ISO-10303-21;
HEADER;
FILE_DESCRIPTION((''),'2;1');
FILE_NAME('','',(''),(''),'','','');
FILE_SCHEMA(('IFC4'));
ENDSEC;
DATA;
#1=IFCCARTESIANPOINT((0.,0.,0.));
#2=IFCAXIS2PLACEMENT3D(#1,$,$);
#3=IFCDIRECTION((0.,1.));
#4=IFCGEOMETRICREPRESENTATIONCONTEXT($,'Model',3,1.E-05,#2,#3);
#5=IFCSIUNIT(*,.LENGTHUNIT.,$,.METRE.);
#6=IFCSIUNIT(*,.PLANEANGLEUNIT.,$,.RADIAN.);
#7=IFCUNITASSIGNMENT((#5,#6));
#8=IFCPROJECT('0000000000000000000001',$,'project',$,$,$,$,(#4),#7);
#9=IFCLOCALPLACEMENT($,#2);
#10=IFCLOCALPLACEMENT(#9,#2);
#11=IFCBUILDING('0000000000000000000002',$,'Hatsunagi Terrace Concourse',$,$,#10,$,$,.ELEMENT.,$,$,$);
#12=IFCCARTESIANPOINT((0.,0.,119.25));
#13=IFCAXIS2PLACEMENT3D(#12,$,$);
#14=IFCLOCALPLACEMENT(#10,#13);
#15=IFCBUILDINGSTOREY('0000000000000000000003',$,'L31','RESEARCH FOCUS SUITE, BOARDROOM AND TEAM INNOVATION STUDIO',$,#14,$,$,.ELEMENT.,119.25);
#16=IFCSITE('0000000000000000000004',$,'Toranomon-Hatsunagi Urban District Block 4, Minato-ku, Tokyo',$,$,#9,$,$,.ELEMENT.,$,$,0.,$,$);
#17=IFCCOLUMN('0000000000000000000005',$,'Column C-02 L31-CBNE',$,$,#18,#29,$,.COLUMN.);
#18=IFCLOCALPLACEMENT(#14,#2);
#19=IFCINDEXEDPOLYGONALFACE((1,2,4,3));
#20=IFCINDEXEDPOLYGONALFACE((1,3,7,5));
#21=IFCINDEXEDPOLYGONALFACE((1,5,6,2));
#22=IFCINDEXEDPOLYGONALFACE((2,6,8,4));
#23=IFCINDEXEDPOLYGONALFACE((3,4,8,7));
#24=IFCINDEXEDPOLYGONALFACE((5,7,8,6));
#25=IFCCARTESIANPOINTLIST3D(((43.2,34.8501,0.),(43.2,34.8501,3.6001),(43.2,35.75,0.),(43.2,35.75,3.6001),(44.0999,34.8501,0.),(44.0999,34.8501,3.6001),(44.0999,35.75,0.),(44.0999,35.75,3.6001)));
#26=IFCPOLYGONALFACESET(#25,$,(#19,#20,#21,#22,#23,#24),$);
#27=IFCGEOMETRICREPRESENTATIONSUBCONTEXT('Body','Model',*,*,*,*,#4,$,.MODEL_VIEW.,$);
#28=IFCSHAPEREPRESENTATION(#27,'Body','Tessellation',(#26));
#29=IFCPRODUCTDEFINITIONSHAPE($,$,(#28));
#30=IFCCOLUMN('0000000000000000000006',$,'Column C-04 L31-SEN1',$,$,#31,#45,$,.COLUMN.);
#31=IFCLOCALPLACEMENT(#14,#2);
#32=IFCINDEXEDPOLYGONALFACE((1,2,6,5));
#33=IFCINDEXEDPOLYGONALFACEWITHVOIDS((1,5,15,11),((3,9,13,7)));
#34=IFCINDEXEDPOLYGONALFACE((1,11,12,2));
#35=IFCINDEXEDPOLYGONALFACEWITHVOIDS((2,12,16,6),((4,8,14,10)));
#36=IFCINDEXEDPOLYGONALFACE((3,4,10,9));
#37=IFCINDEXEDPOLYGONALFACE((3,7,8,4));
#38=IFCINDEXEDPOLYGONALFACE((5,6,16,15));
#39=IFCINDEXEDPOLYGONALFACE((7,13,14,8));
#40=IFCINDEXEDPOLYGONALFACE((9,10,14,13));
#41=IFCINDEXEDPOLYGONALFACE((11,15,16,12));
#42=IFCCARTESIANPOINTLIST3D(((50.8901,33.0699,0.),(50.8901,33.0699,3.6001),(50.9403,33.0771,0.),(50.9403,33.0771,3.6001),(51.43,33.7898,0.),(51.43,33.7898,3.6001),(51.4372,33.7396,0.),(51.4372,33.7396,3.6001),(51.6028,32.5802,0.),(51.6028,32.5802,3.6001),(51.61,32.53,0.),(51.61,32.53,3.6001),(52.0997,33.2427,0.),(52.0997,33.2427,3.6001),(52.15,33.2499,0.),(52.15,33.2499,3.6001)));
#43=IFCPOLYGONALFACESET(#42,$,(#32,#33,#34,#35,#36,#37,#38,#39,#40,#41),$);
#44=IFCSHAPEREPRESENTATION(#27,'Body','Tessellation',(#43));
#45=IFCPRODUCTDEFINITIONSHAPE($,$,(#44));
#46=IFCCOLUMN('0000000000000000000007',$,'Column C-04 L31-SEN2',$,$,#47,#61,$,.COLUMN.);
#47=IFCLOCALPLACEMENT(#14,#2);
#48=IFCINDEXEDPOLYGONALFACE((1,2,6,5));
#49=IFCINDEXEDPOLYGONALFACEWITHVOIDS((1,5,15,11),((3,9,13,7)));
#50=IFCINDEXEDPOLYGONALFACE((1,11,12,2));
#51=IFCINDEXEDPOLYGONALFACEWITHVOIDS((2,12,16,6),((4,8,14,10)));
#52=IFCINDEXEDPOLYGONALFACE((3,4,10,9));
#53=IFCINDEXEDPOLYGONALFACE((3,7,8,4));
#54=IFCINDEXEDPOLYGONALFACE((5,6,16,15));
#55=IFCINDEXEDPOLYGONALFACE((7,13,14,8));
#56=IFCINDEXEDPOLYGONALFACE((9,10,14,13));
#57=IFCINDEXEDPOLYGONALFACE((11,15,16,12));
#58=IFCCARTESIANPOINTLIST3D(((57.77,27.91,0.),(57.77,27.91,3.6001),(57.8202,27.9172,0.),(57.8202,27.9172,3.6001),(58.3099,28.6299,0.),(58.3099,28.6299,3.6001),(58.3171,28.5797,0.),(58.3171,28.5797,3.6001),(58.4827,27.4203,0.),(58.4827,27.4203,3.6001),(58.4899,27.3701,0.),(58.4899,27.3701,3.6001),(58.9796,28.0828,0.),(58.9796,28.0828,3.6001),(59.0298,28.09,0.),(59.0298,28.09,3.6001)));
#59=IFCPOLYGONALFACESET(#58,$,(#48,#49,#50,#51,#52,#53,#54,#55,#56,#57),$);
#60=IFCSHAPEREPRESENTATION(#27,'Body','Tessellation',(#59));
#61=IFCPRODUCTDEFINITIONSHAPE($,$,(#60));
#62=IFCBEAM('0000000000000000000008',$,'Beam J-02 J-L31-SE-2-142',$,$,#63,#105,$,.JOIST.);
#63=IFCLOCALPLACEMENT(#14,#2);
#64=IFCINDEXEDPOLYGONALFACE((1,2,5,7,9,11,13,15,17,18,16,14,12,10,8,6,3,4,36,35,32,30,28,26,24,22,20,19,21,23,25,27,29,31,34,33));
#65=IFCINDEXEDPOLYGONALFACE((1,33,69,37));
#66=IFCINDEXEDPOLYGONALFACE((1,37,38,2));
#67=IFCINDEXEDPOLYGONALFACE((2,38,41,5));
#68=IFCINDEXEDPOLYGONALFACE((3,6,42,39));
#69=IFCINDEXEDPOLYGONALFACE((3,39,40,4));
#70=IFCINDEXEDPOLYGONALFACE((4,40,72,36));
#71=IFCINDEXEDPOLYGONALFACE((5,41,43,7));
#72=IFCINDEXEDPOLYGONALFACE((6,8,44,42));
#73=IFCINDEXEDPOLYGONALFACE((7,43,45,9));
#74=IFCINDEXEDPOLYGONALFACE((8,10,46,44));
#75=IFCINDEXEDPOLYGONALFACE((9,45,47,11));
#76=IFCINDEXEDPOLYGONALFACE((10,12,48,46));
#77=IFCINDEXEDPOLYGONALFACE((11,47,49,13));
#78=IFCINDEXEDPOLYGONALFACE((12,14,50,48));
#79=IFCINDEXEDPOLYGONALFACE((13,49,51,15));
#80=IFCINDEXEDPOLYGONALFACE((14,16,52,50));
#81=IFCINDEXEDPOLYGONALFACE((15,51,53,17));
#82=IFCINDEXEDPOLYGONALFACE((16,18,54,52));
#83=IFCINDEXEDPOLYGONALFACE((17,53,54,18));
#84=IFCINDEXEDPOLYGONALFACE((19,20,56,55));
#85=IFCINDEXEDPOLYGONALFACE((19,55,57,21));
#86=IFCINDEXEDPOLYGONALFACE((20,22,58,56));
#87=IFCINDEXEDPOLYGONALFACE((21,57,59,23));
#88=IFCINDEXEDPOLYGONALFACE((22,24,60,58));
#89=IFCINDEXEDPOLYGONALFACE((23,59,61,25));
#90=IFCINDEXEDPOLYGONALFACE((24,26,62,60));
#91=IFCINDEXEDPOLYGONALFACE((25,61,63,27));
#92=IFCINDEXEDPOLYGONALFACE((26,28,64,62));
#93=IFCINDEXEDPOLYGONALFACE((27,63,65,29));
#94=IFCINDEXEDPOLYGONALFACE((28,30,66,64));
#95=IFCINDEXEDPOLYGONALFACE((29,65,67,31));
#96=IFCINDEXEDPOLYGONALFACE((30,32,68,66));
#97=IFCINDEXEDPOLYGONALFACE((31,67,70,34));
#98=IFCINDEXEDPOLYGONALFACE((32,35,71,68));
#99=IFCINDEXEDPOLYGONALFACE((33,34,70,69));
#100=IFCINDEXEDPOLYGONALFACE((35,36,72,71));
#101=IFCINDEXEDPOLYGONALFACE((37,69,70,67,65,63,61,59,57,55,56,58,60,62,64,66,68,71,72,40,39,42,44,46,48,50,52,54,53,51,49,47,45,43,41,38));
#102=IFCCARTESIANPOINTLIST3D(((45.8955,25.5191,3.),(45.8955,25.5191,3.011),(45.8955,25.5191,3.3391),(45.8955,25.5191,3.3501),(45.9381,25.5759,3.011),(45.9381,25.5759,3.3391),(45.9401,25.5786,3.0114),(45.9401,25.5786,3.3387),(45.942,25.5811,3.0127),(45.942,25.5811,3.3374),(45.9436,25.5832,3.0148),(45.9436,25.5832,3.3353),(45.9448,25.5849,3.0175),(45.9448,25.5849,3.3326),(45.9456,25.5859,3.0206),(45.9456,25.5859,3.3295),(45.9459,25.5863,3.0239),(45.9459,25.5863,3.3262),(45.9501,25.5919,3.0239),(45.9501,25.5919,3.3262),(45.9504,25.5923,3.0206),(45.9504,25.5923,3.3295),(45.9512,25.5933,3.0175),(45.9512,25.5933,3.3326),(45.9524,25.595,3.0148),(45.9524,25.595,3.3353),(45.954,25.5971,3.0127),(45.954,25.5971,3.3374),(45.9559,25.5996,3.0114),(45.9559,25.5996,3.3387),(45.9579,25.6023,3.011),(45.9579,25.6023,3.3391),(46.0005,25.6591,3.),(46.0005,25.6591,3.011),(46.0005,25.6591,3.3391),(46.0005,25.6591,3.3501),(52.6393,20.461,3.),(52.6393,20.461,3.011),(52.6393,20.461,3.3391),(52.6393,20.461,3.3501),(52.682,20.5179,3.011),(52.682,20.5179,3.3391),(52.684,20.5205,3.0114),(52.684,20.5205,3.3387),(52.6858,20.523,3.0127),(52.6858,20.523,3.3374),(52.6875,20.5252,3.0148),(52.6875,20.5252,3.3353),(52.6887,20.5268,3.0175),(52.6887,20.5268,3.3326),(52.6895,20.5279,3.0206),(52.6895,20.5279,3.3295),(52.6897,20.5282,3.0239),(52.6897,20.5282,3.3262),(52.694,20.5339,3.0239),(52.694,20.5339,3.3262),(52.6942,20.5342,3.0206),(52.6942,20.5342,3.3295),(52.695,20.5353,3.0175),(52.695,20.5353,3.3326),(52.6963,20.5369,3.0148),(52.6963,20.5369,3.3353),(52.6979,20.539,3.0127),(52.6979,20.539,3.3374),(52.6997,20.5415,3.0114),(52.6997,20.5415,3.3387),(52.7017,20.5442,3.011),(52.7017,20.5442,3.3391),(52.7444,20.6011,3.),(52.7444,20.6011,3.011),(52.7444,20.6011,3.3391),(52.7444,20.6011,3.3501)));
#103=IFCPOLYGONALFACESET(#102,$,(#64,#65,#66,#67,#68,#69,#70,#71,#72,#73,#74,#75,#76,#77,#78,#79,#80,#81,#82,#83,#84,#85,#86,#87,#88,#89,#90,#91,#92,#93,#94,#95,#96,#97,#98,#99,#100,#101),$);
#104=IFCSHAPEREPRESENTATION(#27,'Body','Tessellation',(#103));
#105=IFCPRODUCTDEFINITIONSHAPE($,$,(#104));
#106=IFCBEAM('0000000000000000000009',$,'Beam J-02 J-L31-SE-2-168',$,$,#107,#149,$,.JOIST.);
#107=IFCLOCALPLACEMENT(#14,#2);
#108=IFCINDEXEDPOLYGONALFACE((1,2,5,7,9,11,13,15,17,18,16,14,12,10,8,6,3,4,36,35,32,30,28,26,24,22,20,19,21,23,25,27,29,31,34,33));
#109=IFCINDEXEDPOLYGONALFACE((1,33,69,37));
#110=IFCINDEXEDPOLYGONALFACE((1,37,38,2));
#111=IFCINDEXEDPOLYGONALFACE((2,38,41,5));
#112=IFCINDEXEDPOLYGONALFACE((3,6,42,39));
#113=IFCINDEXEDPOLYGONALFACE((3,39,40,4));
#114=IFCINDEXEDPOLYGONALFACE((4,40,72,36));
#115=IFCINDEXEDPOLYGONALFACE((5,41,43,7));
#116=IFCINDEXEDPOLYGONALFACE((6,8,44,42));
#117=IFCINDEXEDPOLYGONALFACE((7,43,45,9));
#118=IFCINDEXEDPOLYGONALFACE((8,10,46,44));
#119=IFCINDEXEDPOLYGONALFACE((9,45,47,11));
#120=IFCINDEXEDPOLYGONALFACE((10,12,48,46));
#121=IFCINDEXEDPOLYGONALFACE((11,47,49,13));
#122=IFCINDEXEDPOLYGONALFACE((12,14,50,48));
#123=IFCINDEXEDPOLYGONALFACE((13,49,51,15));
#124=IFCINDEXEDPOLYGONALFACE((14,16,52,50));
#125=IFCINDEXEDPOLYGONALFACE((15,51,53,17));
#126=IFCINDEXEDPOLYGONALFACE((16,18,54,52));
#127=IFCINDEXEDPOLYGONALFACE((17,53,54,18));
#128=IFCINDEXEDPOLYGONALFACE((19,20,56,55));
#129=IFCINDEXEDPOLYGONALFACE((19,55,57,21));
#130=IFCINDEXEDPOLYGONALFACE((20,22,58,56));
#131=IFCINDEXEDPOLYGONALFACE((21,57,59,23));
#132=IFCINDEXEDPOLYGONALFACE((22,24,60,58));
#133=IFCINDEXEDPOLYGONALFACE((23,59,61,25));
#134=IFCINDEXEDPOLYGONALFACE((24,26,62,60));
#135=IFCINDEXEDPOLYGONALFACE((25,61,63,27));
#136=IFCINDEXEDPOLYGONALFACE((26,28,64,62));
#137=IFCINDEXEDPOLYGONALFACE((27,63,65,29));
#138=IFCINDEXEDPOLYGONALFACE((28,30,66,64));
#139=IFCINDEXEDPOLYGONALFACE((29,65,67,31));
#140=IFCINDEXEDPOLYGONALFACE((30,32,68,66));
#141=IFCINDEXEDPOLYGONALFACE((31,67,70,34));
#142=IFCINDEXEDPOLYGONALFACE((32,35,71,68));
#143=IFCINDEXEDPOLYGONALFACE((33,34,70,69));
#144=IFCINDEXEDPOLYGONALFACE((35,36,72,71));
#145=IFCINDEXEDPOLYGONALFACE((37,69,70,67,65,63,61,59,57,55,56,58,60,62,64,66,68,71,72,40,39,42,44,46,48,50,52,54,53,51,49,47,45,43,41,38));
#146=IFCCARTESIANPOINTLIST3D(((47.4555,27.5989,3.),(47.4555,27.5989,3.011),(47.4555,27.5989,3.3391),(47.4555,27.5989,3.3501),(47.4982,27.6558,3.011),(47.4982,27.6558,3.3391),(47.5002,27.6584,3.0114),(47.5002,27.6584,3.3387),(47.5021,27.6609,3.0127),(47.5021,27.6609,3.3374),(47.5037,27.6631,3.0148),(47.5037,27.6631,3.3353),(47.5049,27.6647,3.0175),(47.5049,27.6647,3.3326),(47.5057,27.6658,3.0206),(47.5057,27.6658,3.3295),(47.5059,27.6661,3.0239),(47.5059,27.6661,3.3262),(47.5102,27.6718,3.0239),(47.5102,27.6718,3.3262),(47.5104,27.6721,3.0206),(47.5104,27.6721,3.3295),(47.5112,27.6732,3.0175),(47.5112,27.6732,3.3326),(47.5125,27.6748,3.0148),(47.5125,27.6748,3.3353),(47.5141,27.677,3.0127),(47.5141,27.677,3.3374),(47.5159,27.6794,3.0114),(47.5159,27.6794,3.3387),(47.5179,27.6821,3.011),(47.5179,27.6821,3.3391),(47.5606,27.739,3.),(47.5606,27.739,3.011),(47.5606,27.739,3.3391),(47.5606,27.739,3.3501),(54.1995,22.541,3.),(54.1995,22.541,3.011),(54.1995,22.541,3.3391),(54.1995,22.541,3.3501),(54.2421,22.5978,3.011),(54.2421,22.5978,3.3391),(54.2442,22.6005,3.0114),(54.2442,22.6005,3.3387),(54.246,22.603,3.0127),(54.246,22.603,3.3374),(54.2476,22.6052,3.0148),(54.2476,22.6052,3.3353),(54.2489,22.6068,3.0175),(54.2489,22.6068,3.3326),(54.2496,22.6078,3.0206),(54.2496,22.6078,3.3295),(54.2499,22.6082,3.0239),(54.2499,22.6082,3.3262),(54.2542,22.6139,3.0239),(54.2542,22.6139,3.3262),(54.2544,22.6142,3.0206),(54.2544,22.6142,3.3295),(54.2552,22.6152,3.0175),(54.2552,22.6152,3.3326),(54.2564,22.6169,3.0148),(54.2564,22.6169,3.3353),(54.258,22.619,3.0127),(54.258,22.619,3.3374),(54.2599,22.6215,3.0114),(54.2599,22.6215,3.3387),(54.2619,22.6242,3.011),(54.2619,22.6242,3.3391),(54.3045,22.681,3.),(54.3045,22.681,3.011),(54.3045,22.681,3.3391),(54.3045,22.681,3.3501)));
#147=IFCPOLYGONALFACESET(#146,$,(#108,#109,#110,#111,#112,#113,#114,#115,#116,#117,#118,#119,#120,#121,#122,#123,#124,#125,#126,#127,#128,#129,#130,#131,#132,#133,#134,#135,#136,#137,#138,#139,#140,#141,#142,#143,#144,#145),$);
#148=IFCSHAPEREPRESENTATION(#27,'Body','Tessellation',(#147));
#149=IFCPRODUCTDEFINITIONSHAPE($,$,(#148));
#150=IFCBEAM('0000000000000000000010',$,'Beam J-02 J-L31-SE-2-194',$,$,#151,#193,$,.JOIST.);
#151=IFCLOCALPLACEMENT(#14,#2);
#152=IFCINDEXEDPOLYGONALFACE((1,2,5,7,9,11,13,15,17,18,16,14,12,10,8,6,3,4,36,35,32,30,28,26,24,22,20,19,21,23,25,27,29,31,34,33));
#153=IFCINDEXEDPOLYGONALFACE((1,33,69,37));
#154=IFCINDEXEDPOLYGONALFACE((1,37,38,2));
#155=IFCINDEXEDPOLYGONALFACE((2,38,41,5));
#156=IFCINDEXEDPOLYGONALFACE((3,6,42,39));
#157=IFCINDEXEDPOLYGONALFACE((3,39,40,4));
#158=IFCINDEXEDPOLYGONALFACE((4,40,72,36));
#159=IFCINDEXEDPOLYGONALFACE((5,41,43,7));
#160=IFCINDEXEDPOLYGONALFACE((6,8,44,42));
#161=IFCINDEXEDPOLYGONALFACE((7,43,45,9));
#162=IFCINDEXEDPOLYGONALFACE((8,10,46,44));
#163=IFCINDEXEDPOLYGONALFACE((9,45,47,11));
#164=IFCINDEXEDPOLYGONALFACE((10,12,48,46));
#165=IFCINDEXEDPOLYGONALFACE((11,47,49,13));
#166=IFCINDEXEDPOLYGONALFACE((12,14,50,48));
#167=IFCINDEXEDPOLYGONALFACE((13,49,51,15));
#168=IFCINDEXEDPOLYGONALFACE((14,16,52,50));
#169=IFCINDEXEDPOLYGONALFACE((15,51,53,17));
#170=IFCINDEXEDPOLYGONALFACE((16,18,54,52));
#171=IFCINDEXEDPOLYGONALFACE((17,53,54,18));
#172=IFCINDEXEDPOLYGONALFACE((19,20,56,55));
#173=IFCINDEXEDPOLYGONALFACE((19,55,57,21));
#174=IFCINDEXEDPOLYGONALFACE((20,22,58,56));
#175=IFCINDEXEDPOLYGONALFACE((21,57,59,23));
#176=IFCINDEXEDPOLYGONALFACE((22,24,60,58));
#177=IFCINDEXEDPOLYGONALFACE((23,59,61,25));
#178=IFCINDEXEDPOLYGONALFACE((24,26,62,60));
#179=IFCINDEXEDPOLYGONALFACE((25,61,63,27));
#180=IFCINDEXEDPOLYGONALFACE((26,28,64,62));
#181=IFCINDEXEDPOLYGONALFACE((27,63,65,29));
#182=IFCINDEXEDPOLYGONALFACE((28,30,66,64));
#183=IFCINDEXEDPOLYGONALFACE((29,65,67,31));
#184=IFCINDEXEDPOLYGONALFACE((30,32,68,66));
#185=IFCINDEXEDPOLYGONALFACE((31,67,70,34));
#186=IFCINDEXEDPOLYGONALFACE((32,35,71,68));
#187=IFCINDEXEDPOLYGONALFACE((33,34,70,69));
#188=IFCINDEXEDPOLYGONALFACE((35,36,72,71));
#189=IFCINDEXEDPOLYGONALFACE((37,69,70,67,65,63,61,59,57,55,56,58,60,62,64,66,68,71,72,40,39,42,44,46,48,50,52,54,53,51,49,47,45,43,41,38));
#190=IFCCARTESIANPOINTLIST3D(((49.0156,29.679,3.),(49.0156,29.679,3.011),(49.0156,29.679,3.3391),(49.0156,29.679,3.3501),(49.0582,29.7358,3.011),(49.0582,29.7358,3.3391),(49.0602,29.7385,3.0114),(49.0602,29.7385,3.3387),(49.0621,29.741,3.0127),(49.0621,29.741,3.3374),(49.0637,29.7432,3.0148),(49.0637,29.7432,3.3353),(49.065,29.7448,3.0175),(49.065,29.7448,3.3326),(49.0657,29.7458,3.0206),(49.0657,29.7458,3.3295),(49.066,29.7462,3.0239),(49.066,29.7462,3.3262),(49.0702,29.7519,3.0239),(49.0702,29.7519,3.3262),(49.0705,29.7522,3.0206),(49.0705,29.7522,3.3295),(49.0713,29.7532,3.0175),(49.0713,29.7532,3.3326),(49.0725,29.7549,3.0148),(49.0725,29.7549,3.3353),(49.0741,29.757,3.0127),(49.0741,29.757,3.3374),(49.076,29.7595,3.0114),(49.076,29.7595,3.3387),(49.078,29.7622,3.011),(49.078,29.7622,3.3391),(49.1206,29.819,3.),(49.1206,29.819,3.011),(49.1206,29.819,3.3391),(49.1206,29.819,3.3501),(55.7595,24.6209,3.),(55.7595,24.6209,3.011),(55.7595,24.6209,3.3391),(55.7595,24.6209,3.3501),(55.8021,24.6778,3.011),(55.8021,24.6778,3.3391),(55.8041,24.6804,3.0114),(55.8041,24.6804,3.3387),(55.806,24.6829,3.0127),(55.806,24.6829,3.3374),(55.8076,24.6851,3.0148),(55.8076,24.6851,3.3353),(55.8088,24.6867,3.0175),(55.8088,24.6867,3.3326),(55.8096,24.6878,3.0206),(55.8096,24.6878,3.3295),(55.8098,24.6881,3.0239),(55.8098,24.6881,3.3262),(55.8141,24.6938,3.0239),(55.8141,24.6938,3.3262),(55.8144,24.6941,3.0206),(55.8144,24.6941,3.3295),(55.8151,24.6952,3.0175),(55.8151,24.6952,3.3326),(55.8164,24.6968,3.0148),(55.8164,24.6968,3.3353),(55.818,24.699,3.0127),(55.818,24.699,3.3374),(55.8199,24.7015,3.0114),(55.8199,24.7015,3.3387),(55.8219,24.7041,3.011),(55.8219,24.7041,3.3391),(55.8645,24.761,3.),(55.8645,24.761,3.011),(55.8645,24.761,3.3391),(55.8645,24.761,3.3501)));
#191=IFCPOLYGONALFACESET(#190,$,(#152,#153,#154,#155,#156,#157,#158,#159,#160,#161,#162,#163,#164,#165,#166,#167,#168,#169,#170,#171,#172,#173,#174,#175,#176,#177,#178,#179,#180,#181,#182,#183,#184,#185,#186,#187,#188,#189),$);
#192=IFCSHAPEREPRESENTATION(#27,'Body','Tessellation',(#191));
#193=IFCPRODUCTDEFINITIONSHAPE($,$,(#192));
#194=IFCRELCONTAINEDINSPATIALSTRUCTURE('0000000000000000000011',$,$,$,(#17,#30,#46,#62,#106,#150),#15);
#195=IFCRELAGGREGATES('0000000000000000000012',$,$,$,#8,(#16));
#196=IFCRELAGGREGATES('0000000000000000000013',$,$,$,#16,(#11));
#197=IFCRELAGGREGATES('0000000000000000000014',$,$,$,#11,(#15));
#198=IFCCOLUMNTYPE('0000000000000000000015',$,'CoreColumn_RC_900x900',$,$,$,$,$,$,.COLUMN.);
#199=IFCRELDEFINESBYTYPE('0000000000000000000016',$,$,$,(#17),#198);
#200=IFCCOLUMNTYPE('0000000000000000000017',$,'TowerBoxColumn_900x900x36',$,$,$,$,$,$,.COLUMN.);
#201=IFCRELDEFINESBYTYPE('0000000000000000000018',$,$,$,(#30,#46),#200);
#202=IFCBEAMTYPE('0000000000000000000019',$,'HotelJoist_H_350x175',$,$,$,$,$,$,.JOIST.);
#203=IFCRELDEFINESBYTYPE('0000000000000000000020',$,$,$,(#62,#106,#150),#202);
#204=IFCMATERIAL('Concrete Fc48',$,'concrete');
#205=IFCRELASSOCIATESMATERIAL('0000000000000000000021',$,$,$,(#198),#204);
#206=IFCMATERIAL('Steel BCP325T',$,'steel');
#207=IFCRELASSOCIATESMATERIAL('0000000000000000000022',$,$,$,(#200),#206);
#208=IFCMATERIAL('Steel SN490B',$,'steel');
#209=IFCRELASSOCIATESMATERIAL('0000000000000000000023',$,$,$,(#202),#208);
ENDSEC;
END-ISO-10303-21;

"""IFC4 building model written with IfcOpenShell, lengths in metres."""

from ifc_helpers import new_model, si_unit, direction, frame, origin, origin_2d, place, context, subcontext, project, spatial, rectangle, hollow_rectangle, i_section, extrude, material, material_profile, profile_set, type_object, element, save


model = new_model("IFC4")

# Units and contexts
model_context = context("Model", 3, precision=1e-05, world=origin(), true_north=direction((0.0, 1.0)))
body_context = subcontext(model_context, "Body", "Model", "MODEL_VIEW")
ifc_project = project(units=[si_unit("LENGTHUNIT", "METRE"), si_unit("PLANEANGLEUNIT", "RADIAN")], contexts=[model_context])

# Site, building, storey
site_placement = place(None, origin())
site = spatial("IfcSite", under=ifc_project, at=site_placement, Name="Toranomon-Hatsunagi Urban District Block 4, Minato-ku, Tokyo", CompositionType="ELEMENT", RefElevation=0.0)
building_placement = place(site_placement, origin())
building = spatial("IfcBuilding", under=site, at=building_placement, Name="Hatsunagi Terrace Concourse", CompositionType="ELEMENT")
storey_placement = place(building_placement, frame((0.0, 0.0, 119.25)))
storey = spatial("IfcBuildingStorey", under=building, at=storey_placement, Name="L31", Description="RESEARCH FOCUS SUITE, BOARDROOM AND TEAM INNOVATION STUDIO", CompositionType="ELEMENT", Elevation=119.25)

# Columns
ifc_material_1 = material(Name="Concrete Fc48", Category="concrete")
ifc_material_profile_1 = material_profile(ifc_material_1, rectangle(XDim=0.8999, YDim=0.8999, at=origin_2d()), Name="RC-900x900")
ifc_profile_set_1 = profile_set([ifc_material_profile_1], Name="Concrete Fc48")
column_type_1 = type_object("IfcColumnType", Name="CoreColumn_RC_900x900", PredefinedType="COLUMN", material=ifc_profile_set_1)
column_placement = place(storey_placement, frame((43.6499, 35.3, 0.0), z_axis=(0.0, 0.0, 1.0), x_axis=(1.0, 0.0, 0.0)))
element("IfcColumn", 1, at=column_placement, inside=storey, type_object=column_type_1, Name="Column C-02 L31-CBNE", PredefinedType="COLUMN", context=body_context, shape_type="SweptSolid", body=[
    extrude(rectangle(XDim=0.8999, YDim=0.8999, at=origin_2d()), origin(), (0.0, 0.0, 1.0), 3.6001),
])
ifc_material_2 = material(Name="Steel BCP325T", Category="steel")
ifc_material_profile_2 = material_profile(ifc_material_2, hollow_rectangle(XDim=0.8999, YDim=0.8999, WallThickness=0.0359, at=origin_2d()), Name="BCP-900x900x36")
ifc_profile_set_2 = profile_set([ifc_material_profile_2], Name="Steel BCP325T")
column_type_2 = type_object("IfcColumnType", Name="TowerBoxColumn_900x900x36", PredefinedType="COLUMN", material=ifc_profile_set_2)
for number, where, z_axis, x_axis, name in (
    (2, (51.52, 33.1599, 0.0), (0.0, 0.0, 1.0), (0.8, -0.6, 0.0), "Column C-04 L31-SEN1"),
    (3, (58.3999, 28.0, 0.0), (0.0, 0.0, 1.0), (0.8, -0.6, 0.0), "Column C-04 L31-SEN2"),
):
    element("IfcColumn", number, at=place(storey_placement, frame(where, z_axis=z_axis, x_axis=x_axis)), inside=storey, type_object=column_type_2, Name=name, PredefinedType="COLUMN", context=body_context, shape_type="SweptSolid", body=[
        extrude(hollow_rectangle(XDim=0.8999, YDim=0.8999, WallThickness=0.0359, at=origin_2d()), origin(), (0.0, 0.0, 1.0), 3.6001),
    ])

# Beams
ifc_material_3 = material(Name="Steel SN490B", Category="steel")
ifc_material_profile_3 = material_profile(ifc_material_3, i_section(OverallWidth=0.175, OverallDepth=0.3501, WebThickness=0.0071, FlangeThickness=0.011, FilletRadius=0.0129, at=origin_2d()), Name="H-350x175x7x11")
ifc_profile_set_3 = profile_set([ifc_material_profile_3], Name="Steel SN490B")
beam_type_1 = type_object("IfcBeamType", Name="HotelJoist_H_350x175", PredefinedType="JOIST", material=ifc_profile_set_3)
for number, where, z_axis, x_axis, name in (
    (4, (45.948, 25.5891, 3.175), (0.79999, -0.600014, 0.0), (0.600014, 0.79999, 0.0), "Beam J-02 J-L31-SE-2-142"),
    (5, (47.5081, 27.6689, 3.175), (0.800003, -0.599995, 0.0), (0.599995, 0.800003, 0.0), "Beam J-02 J-L31-SE-2-168"),
    (6, (49.0681, 29.749, 3.175), (0.79999, -0.600014, 0.0), (0.600014, 0.79999, 0.0), "Beam J-02 J-L31-SE-2-194"),
):
    element("IfcBeam", number, at=place(storey_placement, frame(where, z_axis=z_axis, x_axis=x_axis)), inside=storey, type_object=beam_type_1, Name=name, PredefinedType="JOIST", context=body_context, shape_type="SweptSolid", body=[
        extrude(i_section(OverallWidth=0.175, OverallDepth=0.3501, WebThickness=0.0071, FlangeThickness=0.011, FilletRadius=0.0129, at=origin_2d()), origin(), (0.0, 0.0, 1.0), 8.4299),
    ])

save(model, "model.ifc")
